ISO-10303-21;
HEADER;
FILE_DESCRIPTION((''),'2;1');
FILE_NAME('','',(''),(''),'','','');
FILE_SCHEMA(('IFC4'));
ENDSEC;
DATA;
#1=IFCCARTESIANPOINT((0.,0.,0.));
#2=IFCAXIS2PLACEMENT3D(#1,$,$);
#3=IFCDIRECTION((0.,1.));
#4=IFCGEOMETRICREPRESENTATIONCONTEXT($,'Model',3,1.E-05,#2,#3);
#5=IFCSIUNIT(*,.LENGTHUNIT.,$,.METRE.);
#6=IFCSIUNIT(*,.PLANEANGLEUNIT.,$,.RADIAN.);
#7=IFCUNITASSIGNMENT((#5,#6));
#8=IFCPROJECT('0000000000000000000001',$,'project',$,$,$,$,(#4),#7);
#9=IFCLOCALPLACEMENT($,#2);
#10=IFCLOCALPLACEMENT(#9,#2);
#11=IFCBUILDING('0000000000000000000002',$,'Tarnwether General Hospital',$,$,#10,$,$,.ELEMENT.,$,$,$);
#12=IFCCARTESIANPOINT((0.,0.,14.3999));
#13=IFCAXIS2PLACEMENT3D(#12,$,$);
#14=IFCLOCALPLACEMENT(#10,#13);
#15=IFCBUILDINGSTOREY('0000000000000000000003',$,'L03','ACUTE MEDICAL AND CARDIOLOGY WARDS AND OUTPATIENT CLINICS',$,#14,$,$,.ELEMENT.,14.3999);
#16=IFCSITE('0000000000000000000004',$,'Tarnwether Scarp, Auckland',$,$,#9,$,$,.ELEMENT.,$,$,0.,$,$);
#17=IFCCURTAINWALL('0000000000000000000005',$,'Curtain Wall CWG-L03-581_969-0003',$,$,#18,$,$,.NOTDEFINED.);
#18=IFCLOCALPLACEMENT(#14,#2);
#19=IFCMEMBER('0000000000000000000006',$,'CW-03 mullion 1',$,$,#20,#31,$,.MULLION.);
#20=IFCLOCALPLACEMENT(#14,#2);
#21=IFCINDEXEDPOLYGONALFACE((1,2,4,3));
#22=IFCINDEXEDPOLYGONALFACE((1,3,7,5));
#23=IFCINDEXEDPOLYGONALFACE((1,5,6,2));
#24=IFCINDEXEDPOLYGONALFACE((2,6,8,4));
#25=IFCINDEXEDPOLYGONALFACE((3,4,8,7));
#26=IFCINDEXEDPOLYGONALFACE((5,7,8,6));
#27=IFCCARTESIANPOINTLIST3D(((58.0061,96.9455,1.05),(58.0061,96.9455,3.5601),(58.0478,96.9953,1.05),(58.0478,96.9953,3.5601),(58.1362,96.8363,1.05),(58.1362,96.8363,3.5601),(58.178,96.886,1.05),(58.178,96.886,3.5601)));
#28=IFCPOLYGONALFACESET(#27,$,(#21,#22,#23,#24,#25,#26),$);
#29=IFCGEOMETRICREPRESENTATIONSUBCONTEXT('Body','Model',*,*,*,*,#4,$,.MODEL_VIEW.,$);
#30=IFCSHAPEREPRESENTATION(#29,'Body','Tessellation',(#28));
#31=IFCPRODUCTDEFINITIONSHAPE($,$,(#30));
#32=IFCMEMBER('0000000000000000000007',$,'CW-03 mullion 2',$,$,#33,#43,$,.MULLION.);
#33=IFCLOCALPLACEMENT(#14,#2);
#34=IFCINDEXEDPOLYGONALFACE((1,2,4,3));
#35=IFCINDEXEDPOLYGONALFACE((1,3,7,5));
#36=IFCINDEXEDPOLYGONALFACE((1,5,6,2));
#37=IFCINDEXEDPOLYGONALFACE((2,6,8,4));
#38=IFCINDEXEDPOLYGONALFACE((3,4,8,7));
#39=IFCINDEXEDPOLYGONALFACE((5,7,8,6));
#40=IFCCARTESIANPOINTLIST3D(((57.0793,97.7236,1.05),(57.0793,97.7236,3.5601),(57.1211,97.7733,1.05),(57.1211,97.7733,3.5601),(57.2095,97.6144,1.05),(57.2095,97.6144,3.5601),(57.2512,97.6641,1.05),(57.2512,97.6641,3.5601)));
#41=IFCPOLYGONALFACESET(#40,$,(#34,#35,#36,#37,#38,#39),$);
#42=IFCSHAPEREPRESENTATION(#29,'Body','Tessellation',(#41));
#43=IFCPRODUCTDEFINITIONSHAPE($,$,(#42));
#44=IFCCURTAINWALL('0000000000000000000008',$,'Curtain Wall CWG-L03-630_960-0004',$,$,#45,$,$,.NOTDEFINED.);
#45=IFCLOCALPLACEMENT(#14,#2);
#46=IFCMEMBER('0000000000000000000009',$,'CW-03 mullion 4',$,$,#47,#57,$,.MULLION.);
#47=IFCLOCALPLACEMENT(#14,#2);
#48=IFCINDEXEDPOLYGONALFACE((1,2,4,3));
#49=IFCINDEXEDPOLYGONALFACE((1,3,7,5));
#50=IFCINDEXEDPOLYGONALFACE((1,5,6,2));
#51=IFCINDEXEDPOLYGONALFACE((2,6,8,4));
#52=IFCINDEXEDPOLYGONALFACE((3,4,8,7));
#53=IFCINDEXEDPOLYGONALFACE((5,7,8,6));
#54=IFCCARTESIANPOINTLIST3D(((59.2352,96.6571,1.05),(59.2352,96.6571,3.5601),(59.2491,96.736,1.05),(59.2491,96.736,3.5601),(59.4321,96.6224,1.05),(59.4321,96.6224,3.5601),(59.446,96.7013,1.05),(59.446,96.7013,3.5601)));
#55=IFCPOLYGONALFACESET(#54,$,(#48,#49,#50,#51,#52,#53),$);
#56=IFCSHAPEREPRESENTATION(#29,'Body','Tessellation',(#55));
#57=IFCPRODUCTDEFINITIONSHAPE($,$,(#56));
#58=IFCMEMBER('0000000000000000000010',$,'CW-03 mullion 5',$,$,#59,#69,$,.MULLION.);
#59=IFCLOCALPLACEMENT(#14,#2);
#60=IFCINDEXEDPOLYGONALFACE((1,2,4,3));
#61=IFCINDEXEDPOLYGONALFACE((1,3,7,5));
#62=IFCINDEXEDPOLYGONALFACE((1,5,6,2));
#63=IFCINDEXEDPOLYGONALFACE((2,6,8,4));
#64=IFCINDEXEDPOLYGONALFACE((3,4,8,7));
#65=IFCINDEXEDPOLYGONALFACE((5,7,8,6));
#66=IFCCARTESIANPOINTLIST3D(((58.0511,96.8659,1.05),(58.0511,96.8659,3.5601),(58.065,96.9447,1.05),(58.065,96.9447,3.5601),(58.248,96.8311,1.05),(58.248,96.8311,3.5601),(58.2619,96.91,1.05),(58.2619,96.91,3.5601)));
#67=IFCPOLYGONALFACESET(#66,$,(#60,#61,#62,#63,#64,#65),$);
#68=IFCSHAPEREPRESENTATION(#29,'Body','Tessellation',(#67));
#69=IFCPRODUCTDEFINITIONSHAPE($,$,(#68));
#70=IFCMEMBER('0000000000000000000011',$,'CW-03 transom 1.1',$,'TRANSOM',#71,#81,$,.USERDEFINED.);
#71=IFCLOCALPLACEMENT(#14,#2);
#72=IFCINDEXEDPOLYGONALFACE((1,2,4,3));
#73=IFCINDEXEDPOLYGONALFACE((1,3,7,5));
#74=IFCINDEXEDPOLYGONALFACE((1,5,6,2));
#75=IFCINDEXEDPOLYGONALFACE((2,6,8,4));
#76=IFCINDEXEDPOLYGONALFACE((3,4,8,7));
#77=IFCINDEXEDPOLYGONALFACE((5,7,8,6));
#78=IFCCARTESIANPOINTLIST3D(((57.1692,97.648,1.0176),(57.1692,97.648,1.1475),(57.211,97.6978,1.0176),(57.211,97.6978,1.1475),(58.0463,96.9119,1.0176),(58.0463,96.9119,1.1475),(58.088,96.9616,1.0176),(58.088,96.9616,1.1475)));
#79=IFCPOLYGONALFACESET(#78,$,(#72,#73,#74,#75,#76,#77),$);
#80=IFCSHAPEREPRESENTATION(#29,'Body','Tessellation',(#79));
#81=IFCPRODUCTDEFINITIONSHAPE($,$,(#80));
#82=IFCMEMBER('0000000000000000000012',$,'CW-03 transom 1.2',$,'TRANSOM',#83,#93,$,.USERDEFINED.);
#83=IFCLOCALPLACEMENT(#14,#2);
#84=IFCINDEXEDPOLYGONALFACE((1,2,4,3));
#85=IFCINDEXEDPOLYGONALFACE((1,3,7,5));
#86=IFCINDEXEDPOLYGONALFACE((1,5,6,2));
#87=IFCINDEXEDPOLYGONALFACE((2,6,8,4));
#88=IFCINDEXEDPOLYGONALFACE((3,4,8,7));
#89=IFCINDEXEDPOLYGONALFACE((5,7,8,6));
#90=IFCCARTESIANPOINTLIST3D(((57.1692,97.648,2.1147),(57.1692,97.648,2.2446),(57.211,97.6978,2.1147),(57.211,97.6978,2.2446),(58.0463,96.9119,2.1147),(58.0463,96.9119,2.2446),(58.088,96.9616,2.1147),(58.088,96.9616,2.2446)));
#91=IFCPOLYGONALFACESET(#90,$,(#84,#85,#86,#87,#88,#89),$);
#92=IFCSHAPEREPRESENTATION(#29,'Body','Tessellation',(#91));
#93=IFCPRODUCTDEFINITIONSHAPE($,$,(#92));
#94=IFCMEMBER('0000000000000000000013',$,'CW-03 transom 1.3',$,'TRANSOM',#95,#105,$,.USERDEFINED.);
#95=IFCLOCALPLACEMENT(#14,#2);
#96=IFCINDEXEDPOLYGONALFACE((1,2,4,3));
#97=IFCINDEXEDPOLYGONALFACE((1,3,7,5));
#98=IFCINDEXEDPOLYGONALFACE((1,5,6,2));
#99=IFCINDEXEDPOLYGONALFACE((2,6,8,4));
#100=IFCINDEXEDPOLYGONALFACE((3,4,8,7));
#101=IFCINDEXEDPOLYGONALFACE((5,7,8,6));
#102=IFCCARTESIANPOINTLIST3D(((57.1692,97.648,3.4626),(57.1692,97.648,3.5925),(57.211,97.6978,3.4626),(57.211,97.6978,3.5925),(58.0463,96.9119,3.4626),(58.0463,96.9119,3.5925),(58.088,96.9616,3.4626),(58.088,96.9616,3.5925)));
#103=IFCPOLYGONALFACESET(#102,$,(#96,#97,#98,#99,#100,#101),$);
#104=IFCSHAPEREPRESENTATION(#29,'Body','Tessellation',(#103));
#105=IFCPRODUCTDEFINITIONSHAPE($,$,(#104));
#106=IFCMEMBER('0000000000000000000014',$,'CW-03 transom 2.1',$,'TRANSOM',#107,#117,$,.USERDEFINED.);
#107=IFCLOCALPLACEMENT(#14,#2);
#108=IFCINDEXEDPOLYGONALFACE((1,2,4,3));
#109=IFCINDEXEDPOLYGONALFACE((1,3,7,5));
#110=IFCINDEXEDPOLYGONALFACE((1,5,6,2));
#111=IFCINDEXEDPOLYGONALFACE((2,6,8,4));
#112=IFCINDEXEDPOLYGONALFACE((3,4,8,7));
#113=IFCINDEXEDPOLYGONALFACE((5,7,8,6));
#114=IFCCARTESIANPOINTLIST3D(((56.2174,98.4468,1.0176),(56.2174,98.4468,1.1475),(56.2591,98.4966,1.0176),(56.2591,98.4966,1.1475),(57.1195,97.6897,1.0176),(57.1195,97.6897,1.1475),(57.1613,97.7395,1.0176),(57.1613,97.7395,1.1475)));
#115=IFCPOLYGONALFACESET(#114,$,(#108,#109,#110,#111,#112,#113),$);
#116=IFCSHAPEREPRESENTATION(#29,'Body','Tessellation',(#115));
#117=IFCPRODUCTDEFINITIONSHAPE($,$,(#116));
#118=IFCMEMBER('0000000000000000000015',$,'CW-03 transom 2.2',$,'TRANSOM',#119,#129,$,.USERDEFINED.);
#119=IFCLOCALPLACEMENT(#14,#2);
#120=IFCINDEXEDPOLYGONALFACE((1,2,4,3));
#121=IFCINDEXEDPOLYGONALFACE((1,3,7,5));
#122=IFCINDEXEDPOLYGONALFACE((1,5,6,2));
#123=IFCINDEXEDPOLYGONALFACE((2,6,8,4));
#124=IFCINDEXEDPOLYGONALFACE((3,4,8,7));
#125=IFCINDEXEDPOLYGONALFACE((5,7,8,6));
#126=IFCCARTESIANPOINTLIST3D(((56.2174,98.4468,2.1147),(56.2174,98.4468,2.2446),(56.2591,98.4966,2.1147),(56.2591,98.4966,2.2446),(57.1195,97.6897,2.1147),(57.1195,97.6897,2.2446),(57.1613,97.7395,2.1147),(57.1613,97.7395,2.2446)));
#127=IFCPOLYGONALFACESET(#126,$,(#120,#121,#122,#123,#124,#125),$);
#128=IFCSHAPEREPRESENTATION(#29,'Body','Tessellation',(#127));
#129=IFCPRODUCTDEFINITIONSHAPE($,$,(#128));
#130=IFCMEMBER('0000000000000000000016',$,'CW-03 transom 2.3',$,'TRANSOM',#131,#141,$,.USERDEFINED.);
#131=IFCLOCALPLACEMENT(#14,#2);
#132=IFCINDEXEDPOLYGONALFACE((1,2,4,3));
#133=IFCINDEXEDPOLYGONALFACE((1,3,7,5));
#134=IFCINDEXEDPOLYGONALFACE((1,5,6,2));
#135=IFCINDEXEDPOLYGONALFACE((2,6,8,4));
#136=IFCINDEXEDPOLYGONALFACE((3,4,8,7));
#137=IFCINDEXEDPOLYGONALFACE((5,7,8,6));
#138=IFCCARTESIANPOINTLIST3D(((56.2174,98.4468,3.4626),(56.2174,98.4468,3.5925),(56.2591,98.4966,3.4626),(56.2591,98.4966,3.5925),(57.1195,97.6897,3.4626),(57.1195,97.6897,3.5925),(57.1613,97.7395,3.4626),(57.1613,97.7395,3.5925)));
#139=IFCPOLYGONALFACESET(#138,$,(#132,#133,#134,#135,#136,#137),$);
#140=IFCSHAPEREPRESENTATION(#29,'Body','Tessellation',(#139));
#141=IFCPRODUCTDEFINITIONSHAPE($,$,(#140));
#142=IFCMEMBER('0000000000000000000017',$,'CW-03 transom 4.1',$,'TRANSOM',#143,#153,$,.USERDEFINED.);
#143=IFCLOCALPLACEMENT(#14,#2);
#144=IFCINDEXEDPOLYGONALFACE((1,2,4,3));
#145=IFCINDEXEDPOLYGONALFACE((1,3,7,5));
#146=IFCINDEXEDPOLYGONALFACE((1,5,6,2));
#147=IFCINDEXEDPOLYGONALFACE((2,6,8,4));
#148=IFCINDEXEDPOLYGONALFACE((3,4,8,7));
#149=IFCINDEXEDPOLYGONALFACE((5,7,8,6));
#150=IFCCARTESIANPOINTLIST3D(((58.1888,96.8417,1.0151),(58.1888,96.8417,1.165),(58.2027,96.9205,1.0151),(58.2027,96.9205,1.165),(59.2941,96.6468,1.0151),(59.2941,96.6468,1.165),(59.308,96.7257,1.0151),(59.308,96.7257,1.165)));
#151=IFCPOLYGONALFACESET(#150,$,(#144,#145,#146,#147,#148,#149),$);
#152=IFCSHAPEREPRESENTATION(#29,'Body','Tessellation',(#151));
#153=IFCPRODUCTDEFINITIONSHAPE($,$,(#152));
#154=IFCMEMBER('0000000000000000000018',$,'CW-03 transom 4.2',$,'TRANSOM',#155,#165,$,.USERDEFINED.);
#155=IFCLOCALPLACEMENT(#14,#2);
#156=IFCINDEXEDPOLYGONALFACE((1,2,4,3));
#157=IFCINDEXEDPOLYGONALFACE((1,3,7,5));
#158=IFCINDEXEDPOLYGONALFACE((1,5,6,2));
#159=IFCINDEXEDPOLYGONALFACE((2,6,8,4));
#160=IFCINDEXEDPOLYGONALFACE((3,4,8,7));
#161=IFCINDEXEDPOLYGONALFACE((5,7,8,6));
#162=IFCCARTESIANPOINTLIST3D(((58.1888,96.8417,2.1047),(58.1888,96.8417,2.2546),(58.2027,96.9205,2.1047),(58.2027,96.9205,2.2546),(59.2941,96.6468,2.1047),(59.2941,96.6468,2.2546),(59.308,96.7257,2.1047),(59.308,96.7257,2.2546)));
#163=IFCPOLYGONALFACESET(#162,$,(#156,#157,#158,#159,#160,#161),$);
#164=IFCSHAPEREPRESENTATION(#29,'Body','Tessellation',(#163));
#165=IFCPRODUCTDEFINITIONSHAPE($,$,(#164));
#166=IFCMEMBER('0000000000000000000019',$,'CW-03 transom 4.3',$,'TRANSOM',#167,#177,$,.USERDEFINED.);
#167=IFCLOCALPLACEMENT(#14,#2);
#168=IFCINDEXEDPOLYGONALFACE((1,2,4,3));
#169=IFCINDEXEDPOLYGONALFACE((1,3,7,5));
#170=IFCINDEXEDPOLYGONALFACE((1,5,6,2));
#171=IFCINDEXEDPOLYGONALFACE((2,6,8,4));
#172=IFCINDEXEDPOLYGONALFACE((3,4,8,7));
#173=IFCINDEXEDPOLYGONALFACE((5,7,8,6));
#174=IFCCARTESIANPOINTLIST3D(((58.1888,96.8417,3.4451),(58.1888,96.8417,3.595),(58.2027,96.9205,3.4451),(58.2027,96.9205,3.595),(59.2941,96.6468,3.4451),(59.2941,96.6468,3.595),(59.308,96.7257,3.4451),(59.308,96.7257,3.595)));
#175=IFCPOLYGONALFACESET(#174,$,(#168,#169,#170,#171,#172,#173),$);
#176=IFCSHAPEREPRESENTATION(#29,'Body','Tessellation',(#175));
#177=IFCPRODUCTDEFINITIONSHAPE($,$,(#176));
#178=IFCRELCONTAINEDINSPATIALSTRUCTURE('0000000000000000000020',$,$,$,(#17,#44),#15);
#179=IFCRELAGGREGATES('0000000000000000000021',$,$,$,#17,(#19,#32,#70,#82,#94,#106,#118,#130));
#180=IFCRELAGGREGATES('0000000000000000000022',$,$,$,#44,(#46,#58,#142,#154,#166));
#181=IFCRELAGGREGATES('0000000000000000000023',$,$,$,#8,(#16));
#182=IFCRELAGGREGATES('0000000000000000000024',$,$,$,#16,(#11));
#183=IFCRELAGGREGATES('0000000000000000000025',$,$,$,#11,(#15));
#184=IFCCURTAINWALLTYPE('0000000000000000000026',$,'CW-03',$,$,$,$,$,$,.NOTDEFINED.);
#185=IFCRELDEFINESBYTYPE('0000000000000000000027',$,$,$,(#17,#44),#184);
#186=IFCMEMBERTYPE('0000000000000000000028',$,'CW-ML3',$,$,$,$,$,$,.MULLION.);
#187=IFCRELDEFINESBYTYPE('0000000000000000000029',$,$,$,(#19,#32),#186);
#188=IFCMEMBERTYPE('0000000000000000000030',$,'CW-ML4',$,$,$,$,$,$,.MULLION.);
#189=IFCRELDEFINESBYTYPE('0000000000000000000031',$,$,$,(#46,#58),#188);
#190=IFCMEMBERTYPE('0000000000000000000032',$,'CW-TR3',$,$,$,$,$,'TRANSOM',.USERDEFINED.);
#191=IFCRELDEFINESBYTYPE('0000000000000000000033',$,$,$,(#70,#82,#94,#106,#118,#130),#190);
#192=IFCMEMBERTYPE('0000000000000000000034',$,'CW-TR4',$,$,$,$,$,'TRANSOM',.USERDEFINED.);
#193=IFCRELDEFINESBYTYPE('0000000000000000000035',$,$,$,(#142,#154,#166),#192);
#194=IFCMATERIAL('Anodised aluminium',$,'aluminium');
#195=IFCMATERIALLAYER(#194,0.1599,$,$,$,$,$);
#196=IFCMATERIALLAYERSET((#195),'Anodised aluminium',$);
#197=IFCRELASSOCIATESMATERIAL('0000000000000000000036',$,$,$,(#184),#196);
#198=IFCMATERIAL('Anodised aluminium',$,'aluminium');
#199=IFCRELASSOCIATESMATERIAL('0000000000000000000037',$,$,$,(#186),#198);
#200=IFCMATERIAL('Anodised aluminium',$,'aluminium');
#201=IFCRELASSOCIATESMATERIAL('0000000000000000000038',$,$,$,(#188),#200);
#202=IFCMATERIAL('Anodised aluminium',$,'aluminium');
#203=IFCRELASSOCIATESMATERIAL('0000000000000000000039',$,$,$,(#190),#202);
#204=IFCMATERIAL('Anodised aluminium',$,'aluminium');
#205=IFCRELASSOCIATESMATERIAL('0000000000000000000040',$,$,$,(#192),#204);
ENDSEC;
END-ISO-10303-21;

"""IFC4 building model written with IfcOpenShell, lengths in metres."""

from ifc_helpers import new_model, si_unit, direction, frame, origin, origin_2d, place, context, subcontext, project, spatial, rectangle, extrude, material, layer, layer_set, material_profile, profile_set, type_object, element, aggregate, save


model = new_model("IFC4")

# Units and contexts
model_context = context("Model", 3, precision=1e-05, world=origin(), true_north=direction((0.0, 1.0)))
body_context = subcontext(model_context, "Body", "Model", "MODEL_VIEW")
ifc_project = project(units=[si_unit("LENGTHUNIT", "METRE"), si_unit("PLANEANGLEUNIT", "RADIAN")], contexts=[model_context])

# Site, building, storey
site_placement = place(None, origin())
site = spatial("IfcSite", under=ifc_project, at=site_placement, Name="Tarnwether Scarp, Auckland", CompositionType="ELEMENT", RefElevation=0.0)
building_placement = place(site_placement, origin())
building = spatial("IfcBuilding", under=site, at=building_placement, Name="Tarnwether General Hospital", CompositionType="ELEMENT")
storey_placement = place(building_placement, frame((0.0, 0.0, 14.3999)))
storey = spatial("IfcBuildingStorey", under=building, at=storey_placement, Name="L03", Description="ACUTE MEDICAL AND CARDIOLOGY WARDS AND OUTPATIENT CLINICS", CompositionType="ELEMENT", Elevation=14.3999)

# Curtain walls, members
ifc_material_1 = material(Name="Anodised aluminium", Category="aluminium")
ifc_layer_1 = layer(ifc_material_1, 0.1599)
ifc_layer_set_1 = layer_set([ifc_layer_1], Name="Anodised aluminium")
curtain_wall_type = type_object("IfcCurtainWallType", Name="CW-03", PredefinedType="NOTDEFINED", material=ifc_layer_set_1)
curtain_wall_1_placement = place(storey_placement, origin())
curtain_wall_1 = element("IfcCurtainWall", 1, at=curtain_wall_1_placement, inside=storey, type_object=curtain_wall_type, Name="Curtain Wall CWG-L03-581_969-0003", PredefinedType="NOTDEFINED")
ifc_material_2 = material(Name="Anodised aluminium", Category="aluminium")
ifc_material_profile_1 = material_profile(ifc_material_2, rectangle(XDim=0.0649, YDim=0.1699, at=origin_2d()), Name="ALU-MUL-65x170")
ifc_profile_set_1 = profile_set([ifc_material_profile_1], Name="Anodised aluminium")
member_type_1 = type_object("IfcMemberType", Name="CW-ML3", PredefinedType="MULLION", material=ifc_profile_set_1)
member_1_placement = place(storey_placement, frame((58.092, 96.9158, 1.05), z_axis=(0.0, 0.0, 1.0), x_axis=(-0.642852, -0.76599, 0.0)))
member_1 = element("IfcMember", 2, at=member_1_placement, type_object=member_type_1, Name="CW-03 mullion 1", PredefinedType="MULLION", context=body_context, shape_type="SweptSolid", body=[
    extrude(rectangle(XDim=0.0649, YDim=0.1699, at=origin_2d()), origin(), (0.0, 0.0, 1.0), 2.51),
])
member_2_placement = place(storey_placement, frame((57.1653, 97.6938, 1.05), z_axis=(0.0, 0.0, 1.0), x_axis=(-0.642852, -0.76599, 0.0)))
member_2 = element("IfcMember", 3, at=member_2_placement, type_object=member_type_1, Name="CW-03 mullion 2", PredefinedType="MULLION", context=body_context, shape_type="SweptSolid", body=[
    extrude(rectangle(XDim=0.0649, YDim=0.1699, at=origin_2d()), origin(), (0.0, 0.0, 1.0), 2.51),
])
curtain_wall_2_placement = place(storey_placement, origin())
curtain_wall_2 = element("IfcCurtainWall", 4, at=curtain_wall_2_placement, inside=storey, type_object=curtain_wall_type, Name="Curtain Wall CWG-L03-630_960-0004", PredefinedType="NOTDEFINED")
ifc_material_3 = material(Name="Anodised aluminium", Category="aluminium")
ifc_material_profile_2 = material_profile(ifc_material_3, rectangle(XDim=0.0801, YDim=0.2, at=origin_2d()), Name="ALU-MUL-80x200")
ifc_profile_set_2 = profile_set([ifc_material_profile_2], Name="Anodised aluminium")
member_type_2 = type_object("IfcMemberType", Name="CW-ML4", PredefinedType="MULLION", material=ifc_profile_set_2)
member_3_placement = place(storey_placement, frame((59.3406, 96.6792, 1.05), z_axis=(0.0, 0.0, 1.0), x_axis=(-0.173659, -0.984806, 0.0)))
member_3 = element("IfcMember", 5, at=member_3_placement, type_object=member_type_2, Name="CW-03 mullion 4", PredefinedType="MULLION", context=body_context, shape_type="SweptSolid", body=[
    extrude(rectangle(XDim=0.0801, YDim=0.2, at=origin_2d()), origin(), (0.0, 0.0, 1.0), 2.51),
])
member_4_placement = place(storey_placement, frame((58.1565, 96.8879, 1.05), z_axis=(0.0, 0.0, 1.0), x_axis=(-0.173659, -0.984806, 0.0)))
member_4 = element("IfcMember", 6, at=member_4_placement, type_object=member_type_2, Name="CW-03 mullion 5", PredefinedType="MULLION", context=body_context, shape_type="SweptSolid", body=[
    extrude(rectangle(XDim=0.0801, YDim=0.2, at=origin_2d()), origin(), (0.0, 0.0, 1.0), 2.51),
])

# Members
ifc_material_4 = material(Name="Anodised aluminium", Category="aluminium")
ifc_material_profile_3 = material_profile(ifc_material_4, rectangle(XDim=0.0649, YDim=0.1299, at=origin_2d()), Name="ALU-TRN-65x130")
ifc_profile_set_3 = profile_set([ifc_material_profile_3], Name="Anodised aluminium")
member_type_3 = type_object("IfcMemberType", Name="CW-TR3", ElementType="TRANSOM", PredefinedType="USERDEFINED", material=ifc_profile_set_3)
member_5_placement = place(storey_placement, frame((58.0671, 96.9368, 1.0825), z_axis=(-0.765944, 0.642907, 0.0), x_axis=(-0.642907, -0.765944, 0.0)))
member_5 = element("IfcMember", 7, at=member_5_placement, type_object=member_type_3, Name="CW-03 transom 1.1", ObjectType="TRANSOM", PredefinedType="USERDEFINED", context=body_context, shape_type="SweptSolid", body=[
    extrude(rectangle(XDim=0.0649, YDim=0.1299, at=origin_2d()), origin(), (0.0, 0.0, 1.0), 1.145),
])
member_6_placement = place(storey_placement, frame((58.0671, 96.9368, 2.1797), z_axis=(-0.765944, 0.642907, 0.0), x_axis=(-0.642907, -0.765944, 0.0)))
member_6 = element("IfcMember", 8, at=member_6_placement, type_object=member_type_3, Name="CW-03 transom 1.2", ObjectType="TRANSOM", PredefinedType="USERDEFINED", context=body_context, shape_type="SweptSolid", body=[
    extrude(rectangle(XDim=0.0649, YDim=0.1299, at=origin_2d()), origin(), (0.0, 0.0, 1.0), 1.145),
])
member_7_placement = place(storey_placement, frame((58.0671, 96.9368, 3.5276), z_axis=(-0.765944, 0.642907, 0.0), x_axis=(-0.642907, -0.765944, 0.0)))
member_7 = element("IfcMember", 9, at=member_7_placement, type_object=member_type_3, Name="CW-03 transom 1.3", ObjectType="TRANSOM", PredefinedType="USERDEFINED", context=body_context, shape_type="SweptSolid", body=[
    extrude(rectangle(XDim=0.0649, YDim=0.1299, at=origin_2d()), origin(), (0.0, 0.0, 1.0), 1.145),
])
member_8_placement = place(storey_placement, frame((57.1404, 97.7146, 1.0825), z_axis=(-0.765991, 0.642852, 0.0), x_axis=(-0.642852, -0.765991, 0.0)))
member_8 = element("IfcMember", 10, at=member_8_placement, type_object=member_type_3, Name="CW-03 transom 2.1", ObjectType="TRANSOM", PredefinedType="USERDEFINED", context=body_context, shape_type="SweptSolid", body=[
    extrude(rectangle(XDim=0.0649, YDim=0.1299, at=origin_2d()), origin(), (0.0, 0.0, 1.0), 1.1777),
])
member_9_placement = place(storey_placement, frame((57.1404, 97.7146, 2.1797), z_axis=(-0.765991, 0.642852, 0.0), x_axis=(-0.642852, -0.765991, 0.0)))
member_9 = element("IfcMember", 11, at=member_9_placement, type_object=member_type_3, Name="CW-03 transom 2.2", ObjectType="TRANSOM", PredefinedType="USERDEFINED", context=body_context, shape_type="SweptSolid", body=[
    extrude(rectangle(XDim=0.0649, YDim=0.1299, at=origin_2d()), origin(), (0.0, 0.0, 1.0), 1.1777),
])
member_10_placement = place(storey_placement, frame((57.1404, 97.7146, 3.5276), z_axis=(-0.765991, 0.642852, 0.0), x_axis=(-0.642852, -0.765991, 0.0)))
member_10 = element("IfcMember", 12, at=member_10_placement, type_object=member_type_3, Name="CW-03 transom 2.3", ObjectType="TRANSOM", PredefinedType="USERDEFINED", context=body_context, shape_type="SweptSolid", body=[
    extrude(rectangle(XDim=0.0649, YDim=0.1299, at=origin_2d()), origin(), (0.0, 0.0, 1.0), 1.1777),
])
ifc_material_5 = material(Name="Anodised aluminium", Category="aluminium")
ifc_material_profile_4 = material_profile(ifc_material_5, rectangle(XDim=0.0801, YDim=0.1499, at=origin_2d()), Name="ALU-TRN-80x150")
ifc_profile_set_4 = profile_set([ifc_material_profile_4], Name="Anodised aluminium")
member_type_4 = type_object("IfcMemberType", Name="CW-TR4", ElementType="TRANSOM", PredefinedType="USERDEFINED", material=ifc_profile_set_4)
member_11_placement = place(storey_placement, frame((59.301, 96.6863, 1.0901), z_axis=(-0.984816, 0.173599, 0.0), x_axis=(-0.173599, -0.984816, 0.0)))
member_11 = element("IfcMember", 13, at=member_11_placement, type_object=member_type_4, Name="CW-03 transom 4.1", ObjectType="TRANSOM", PredefinedType="USERDEFINED", context=body_context, shape_type="SweptSolid", body=[
    extrude(rectangle(XDim=0.0801, YDim=0.1499, at=origin_2d()), origin(), (0.0, 0.0, 1.0), 1.1223),
])
member_12_placement = place(storey_placement, frame((59.301, 96.6863, 2.1797), z_axis=(-0.984816, 0.173599, 0.0), x_axis=(-0.173599, -0.984816, 0.0)))
member_12 = element("IfcMember", 14, at=member_12_placement, type_object=member_type_4, Name="CW-03 transom 4.2", ObjectType="TRANSOM", PredefinedType="USERDEFINED", context=body_context, shape_type="SweptSolid", body=[
    extrude(rectangle(XDim=0.0801, YDim=0.1499, at=origin_2d()), origin(), (0.0, 0.0, 1.0), 1.1223),
])
member_13_placement = place(storey_placement, frame((59.301, 96.6863, 3.52), z_axis=(-0.984816, 0.173599, 0.0), x_axis=(-0.173599, -0.984816, 0.0)))
member_13 = element("IfcMember", 15, at=member_13_placement, type_object=member_type_4, Name="CW-03 transom 4.3", ObjectType="TRANSOM", PredefinedType="USERDEFINED", context=body_context, shape_type="SweptSolid", body=[
    extrude(rectangle(XDim=0.0801, YDim=0.1499, at=origin_2d()), origin(), (0.0, 0.0, 1.0), 1.1223),
])

aggregate(curtain_wall_1, [member_1, member_2, member_5, member_6, member_7, member_8, member_9, member_10])
aggregate(curtain_wall_2, [member_3, member_4, member_11, member_12, member_13])

save(model, "model.ifc")
